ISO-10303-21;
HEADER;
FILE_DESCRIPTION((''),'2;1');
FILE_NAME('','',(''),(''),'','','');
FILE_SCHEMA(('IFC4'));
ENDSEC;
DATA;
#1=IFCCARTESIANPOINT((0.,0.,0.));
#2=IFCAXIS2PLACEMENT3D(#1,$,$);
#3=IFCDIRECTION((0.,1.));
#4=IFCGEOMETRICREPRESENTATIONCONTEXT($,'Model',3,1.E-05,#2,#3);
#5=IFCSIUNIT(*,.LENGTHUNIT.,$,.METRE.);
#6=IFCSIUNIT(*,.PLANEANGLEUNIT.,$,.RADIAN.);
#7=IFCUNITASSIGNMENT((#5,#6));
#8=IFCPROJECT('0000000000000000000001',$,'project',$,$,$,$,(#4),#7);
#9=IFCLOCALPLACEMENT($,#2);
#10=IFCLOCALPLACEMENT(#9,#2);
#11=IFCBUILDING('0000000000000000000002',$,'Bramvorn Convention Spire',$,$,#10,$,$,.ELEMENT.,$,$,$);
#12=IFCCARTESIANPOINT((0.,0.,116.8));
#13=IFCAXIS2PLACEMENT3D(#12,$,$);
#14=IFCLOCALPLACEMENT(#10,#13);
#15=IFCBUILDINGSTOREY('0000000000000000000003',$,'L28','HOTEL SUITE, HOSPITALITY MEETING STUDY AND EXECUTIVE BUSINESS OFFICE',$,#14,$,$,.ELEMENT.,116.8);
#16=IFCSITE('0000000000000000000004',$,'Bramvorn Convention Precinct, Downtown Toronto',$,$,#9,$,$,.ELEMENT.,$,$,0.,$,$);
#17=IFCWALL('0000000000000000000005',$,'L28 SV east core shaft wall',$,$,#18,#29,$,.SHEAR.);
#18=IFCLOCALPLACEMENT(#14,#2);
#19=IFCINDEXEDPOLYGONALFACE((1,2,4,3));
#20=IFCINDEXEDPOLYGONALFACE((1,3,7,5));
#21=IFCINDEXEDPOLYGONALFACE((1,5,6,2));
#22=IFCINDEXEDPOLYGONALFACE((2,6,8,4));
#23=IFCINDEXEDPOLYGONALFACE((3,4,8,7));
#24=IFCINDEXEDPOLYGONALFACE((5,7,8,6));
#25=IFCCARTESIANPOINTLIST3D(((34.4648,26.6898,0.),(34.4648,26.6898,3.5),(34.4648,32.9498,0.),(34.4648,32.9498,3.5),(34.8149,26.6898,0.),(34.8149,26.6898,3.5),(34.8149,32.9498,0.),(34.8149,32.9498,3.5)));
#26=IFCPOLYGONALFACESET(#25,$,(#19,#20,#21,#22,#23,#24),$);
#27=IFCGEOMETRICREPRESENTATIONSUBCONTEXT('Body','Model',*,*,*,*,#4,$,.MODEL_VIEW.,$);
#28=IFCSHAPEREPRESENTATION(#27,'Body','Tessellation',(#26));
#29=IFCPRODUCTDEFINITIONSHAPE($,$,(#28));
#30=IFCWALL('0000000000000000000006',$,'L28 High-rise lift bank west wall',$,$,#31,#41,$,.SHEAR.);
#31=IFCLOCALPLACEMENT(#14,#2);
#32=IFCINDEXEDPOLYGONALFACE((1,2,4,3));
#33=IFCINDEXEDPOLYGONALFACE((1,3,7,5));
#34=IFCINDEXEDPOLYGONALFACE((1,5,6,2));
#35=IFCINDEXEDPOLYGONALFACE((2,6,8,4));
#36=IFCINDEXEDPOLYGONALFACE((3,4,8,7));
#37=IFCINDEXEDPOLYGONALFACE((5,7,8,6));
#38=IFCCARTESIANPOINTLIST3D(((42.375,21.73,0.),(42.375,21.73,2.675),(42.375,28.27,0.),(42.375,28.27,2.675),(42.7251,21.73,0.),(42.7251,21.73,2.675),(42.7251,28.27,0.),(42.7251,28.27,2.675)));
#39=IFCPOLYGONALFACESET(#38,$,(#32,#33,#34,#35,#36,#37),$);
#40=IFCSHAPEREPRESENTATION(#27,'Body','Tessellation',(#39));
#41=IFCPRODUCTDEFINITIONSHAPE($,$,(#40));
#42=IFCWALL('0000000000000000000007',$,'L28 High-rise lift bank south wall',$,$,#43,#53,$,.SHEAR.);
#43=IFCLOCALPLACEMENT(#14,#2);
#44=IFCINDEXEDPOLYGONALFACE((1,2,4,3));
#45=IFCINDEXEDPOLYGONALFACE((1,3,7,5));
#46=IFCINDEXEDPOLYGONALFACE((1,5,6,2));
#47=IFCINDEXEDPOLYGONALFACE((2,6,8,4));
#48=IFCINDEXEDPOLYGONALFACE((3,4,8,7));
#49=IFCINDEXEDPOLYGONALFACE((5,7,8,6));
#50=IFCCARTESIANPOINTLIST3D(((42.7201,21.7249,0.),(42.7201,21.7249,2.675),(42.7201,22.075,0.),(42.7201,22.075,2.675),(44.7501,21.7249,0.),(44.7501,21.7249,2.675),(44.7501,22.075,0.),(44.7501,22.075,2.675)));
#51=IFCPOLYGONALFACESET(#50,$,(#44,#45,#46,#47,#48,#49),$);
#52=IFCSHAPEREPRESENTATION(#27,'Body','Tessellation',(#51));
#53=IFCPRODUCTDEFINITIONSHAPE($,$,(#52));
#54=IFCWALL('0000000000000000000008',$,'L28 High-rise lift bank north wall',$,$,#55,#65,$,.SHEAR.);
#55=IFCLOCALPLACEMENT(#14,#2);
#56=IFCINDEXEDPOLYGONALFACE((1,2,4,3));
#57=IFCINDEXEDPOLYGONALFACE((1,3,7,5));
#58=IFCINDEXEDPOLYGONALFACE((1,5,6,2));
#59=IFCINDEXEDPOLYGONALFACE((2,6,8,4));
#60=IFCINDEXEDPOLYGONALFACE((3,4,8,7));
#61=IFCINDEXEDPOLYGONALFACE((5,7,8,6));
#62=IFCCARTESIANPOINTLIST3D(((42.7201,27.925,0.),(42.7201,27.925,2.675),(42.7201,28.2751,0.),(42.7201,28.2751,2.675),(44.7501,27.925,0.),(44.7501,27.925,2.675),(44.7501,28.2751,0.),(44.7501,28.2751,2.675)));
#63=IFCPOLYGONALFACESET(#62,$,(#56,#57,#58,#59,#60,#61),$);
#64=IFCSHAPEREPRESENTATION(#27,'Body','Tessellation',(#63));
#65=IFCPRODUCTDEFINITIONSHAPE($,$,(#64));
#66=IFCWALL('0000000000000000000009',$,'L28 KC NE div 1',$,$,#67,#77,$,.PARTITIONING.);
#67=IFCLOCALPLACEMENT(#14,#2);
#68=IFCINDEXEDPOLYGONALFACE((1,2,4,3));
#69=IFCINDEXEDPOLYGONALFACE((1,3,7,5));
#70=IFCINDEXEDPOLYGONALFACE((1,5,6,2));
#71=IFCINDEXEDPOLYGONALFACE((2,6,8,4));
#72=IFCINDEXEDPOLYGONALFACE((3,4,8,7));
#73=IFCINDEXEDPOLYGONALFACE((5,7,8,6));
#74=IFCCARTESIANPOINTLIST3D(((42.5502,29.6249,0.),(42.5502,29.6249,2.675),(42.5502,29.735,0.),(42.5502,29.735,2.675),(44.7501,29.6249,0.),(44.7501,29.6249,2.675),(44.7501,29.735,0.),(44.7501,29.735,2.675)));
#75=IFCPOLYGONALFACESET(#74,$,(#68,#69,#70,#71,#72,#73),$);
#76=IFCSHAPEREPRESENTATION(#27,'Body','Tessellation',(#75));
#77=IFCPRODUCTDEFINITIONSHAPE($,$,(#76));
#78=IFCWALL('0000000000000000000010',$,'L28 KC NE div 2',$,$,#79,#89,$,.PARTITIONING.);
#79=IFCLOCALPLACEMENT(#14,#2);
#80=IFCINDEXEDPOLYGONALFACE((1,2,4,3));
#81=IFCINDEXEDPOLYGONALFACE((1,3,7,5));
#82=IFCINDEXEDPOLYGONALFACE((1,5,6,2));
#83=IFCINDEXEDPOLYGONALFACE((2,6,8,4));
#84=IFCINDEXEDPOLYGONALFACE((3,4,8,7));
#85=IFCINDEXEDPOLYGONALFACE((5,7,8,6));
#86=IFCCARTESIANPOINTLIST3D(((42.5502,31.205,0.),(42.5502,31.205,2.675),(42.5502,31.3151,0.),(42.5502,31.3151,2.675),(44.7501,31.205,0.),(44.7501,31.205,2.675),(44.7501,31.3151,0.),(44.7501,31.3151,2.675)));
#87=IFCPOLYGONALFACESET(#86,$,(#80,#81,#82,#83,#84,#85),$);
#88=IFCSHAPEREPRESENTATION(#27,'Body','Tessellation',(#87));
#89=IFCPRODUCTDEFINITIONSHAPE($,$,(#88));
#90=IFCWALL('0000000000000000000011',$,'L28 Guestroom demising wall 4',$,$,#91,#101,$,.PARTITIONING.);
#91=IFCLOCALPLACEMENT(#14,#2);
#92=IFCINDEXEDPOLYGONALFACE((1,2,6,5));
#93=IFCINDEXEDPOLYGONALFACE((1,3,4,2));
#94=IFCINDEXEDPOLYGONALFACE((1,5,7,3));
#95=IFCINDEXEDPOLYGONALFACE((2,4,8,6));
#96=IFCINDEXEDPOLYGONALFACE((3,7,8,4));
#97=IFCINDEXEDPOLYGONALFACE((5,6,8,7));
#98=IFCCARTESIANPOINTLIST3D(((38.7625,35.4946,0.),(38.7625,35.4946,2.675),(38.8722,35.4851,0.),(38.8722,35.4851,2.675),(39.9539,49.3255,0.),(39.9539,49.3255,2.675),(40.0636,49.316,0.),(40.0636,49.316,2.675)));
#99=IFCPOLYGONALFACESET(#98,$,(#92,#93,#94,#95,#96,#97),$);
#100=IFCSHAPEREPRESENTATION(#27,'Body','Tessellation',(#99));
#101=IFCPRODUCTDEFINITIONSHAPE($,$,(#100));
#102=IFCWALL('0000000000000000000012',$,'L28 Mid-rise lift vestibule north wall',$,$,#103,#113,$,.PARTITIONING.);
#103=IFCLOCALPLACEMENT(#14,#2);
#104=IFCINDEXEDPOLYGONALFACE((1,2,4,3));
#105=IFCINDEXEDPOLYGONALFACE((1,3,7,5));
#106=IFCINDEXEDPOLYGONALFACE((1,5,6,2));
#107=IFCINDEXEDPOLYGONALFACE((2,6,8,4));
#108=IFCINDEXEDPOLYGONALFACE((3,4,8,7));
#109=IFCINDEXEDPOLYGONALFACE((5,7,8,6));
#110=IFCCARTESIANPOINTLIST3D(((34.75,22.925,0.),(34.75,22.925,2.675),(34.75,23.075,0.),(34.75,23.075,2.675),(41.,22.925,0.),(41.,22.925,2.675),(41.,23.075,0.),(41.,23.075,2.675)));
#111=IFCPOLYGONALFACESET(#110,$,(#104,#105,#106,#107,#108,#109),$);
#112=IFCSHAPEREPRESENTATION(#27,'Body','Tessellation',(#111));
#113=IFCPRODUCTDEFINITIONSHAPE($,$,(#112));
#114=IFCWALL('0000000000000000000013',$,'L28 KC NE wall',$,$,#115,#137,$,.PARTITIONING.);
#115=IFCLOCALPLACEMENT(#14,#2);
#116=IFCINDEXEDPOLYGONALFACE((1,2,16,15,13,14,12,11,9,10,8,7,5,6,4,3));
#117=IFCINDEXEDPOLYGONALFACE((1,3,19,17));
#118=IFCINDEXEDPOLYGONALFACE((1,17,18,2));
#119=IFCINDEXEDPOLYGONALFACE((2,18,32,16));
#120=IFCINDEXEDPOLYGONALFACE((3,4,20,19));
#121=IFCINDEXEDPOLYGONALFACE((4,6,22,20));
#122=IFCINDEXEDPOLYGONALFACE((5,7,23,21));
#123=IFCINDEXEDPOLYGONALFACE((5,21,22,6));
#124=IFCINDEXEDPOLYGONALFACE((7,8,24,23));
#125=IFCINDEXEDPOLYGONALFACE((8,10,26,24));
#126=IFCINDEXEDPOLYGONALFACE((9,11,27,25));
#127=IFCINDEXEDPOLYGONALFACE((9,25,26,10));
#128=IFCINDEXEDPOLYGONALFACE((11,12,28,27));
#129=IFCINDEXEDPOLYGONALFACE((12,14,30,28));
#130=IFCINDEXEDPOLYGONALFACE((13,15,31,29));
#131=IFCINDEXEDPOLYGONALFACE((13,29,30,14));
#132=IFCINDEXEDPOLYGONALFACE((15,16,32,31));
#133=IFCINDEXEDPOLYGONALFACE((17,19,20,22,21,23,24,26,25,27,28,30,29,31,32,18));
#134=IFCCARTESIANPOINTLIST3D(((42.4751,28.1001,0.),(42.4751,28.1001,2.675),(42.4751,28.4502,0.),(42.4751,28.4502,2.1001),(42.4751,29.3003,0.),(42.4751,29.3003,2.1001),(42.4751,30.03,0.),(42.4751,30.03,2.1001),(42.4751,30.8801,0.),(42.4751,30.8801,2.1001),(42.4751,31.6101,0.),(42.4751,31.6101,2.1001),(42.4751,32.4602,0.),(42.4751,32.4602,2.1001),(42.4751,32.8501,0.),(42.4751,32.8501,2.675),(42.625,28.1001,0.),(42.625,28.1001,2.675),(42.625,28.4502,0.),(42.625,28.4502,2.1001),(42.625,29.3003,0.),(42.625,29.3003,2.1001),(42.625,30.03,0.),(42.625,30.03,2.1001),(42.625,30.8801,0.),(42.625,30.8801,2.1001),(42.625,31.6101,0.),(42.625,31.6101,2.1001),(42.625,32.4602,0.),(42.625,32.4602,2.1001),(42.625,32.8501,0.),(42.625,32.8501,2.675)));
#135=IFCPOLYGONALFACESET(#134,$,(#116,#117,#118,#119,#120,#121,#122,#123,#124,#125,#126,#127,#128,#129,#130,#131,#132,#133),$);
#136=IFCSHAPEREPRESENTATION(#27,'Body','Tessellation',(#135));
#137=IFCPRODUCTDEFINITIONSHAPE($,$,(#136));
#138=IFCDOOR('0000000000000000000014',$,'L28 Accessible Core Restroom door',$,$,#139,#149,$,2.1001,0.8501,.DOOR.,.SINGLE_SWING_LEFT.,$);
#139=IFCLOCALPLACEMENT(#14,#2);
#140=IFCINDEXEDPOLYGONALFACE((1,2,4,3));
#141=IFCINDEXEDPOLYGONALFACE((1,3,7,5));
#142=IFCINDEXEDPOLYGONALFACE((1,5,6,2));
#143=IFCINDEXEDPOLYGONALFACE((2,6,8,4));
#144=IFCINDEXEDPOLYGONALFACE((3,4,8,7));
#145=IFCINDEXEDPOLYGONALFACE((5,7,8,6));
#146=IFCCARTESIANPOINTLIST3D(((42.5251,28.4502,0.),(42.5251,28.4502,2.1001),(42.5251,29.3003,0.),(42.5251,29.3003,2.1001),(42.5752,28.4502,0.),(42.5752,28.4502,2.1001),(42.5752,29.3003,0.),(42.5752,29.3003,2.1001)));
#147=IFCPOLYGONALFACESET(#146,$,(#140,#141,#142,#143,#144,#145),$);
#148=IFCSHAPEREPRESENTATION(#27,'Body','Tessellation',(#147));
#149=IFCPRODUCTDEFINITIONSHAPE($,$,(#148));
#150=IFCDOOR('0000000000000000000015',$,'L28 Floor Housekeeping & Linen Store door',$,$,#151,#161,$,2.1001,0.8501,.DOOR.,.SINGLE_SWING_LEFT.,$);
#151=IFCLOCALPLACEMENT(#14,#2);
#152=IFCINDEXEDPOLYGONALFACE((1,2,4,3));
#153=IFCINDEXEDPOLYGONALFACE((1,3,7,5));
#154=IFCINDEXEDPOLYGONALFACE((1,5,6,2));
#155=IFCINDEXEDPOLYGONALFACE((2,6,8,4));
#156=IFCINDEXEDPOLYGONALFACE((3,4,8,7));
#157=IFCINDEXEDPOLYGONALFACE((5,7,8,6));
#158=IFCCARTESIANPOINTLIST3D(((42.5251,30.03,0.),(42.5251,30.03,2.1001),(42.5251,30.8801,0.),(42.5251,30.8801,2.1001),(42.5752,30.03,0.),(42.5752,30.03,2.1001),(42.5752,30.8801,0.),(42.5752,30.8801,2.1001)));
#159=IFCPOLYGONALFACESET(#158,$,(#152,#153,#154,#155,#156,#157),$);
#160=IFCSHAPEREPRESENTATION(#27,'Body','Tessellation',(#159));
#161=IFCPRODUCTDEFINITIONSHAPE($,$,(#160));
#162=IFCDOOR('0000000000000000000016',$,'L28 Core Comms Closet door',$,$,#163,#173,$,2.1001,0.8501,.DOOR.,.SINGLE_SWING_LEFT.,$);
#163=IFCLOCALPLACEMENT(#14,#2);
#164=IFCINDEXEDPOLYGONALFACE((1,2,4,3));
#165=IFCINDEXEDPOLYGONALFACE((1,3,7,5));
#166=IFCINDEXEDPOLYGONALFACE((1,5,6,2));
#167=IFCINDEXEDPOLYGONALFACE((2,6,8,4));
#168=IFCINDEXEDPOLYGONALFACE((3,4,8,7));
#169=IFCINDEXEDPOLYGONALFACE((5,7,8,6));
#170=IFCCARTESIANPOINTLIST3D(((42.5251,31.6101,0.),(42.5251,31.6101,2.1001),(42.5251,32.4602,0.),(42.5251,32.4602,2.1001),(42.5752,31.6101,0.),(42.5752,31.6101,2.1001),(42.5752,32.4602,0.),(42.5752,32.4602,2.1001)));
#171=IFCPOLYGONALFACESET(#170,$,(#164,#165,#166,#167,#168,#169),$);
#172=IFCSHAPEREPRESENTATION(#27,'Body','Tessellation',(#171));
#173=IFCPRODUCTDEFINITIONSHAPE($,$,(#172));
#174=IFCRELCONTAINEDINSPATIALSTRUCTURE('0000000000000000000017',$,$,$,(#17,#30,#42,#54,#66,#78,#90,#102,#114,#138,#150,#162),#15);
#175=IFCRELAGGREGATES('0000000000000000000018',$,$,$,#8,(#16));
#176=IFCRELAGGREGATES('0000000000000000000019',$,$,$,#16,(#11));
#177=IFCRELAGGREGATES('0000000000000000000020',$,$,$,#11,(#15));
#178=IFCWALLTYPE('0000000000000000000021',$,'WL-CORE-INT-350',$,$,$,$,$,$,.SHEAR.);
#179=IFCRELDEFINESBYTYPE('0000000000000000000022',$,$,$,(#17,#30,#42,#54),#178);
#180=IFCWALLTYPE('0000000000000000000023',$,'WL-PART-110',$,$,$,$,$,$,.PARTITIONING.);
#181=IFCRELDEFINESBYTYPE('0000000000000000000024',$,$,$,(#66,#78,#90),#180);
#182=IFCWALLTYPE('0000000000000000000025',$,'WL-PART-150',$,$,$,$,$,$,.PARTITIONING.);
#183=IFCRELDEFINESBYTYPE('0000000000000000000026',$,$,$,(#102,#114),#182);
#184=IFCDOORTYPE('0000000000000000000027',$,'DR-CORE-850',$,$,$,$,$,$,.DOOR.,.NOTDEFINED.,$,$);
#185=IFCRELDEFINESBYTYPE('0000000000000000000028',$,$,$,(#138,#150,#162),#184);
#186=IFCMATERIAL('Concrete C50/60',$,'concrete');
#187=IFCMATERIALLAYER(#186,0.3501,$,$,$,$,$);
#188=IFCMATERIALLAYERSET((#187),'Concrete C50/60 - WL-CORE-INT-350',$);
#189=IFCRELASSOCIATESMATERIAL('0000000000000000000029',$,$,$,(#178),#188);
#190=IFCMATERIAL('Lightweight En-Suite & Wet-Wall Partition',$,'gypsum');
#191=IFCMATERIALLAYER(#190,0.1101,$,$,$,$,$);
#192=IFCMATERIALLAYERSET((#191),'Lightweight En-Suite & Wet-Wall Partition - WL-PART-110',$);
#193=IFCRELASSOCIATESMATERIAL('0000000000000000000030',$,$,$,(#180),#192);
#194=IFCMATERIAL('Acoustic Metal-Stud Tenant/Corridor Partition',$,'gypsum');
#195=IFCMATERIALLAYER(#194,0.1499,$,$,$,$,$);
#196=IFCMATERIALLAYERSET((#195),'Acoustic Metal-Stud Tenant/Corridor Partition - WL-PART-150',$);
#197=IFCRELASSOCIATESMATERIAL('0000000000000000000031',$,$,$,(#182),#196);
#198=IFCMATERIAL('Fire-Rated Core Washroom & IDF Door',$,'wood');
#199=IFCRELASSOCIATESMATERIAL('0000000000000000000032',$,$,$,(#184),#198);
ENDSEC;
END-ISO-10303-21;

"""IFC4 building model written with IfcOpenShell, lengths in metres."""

from ifc_helpers import new_model, si_unit, direction, frame, frame_2d, origin, place, context, subcontext, project, spatial, rectangle, extrude, material, layer, layer_set, type_object, element, fill, save


model = new_model("IFC4")

# Units and contexts
model_context = context("Model", 3, precision=1e-05, world=origin(), true_north=direction((0.0, 1.0)))
body_context = subcontext(model_context, "Body", "Model", "MODEL_VIEW")
ifc_project = project(units=[si_unit("LENGTHUNIT", "METRE"), si_unit("PLANEANGLEUNIT", "RADIAN")], contexts=[model_context])

# Site, building, storey
site_placement = place(None, origin())
site = spatial("IfcSite", under=ifc_project, at=site_placement, Name="Bramvorn Convention Precinct, Downtown Toronto", CompositionType="ELEMENT", RefElevation=0.0)
building_placement = place(site_placement, origin())
building = spatial("IfcBuilding", under=site, at=building_placement, Name="Bramvorn Convention Spire", CompositionType="ELEMENT")
storey_placement = place(building_placement, frame((0.0, 0.0, 116.8)))
storey = spatial("IfcBuildingStorey", under=building, at=storey_placement, Name="L28", Description="HOTEL SUITE, HOSPITALITY MEETING STUDY AND EXECUTIVE BUSINESS OFFICE", CompositionType="ELEMENT", Elevation=116.8)

# Shared definitions
ifc_material_1 = material(Name="Concrete C50/60", Category="concrete")
ifc_layer_1 = layer(ifc_material_1, 0.3501)
ifc_layer_set_1 = layer_set([ifc_layer_1], Name="Concrete C50/60 - WL-CORE-INT-350")
wall_type_1 = type_object("IfcWallType", Name="WL-CORE-INT-350", PredefinedType="SHEAR", material=ifc_layer_set_1)

# Walls
wall_1_placement = place(storey_placement, frame((34.6399, 26.6899, 0.0), z_axis=(0.0, 0.0, 1.0), x_axis=(0.0, 1.0, 0.0)))
element("IfcWall", 1, at=wall_1_placement, inside=storey, type_object=wall_type_1, Name="L28 SV east core shaft wall", PredefinedType="SHEAR", context=body_context, shape_type="SweptSolid", body=[
    extrude(rectangle(XDim=6.26, YDim=0.3501, at=frame_2d((3.1299, 0.0))), origin(), (0.0, 0.0, 1.0), 3.5),
])
wall_2_placement = place(storey_placement, frame((42.55, 21.73, 0.0), z_axis=(0.0, 0.0, 1.0), x_axis=(0.0, 1.0, 0.0)))
element("IfcWall", 2, at=wall_2_placement, inside=storey, type_object=wall_type_1, Name="L28 High-rise lift bank west wall", PredefinedType="SHEAR", context=body_context, shape_type="SweptSolid", body=[
    extrude(rectangle(XDim=6.54, YDim=0.3501, at=frame_2d((3.27, 0.0))), origin(), (0.0, 0.0, 1.0), 2.675),
])
for number, where, z_axis, x_axis, name in (
    (3, (42.72, 21.8999, 0.0), (0.0, 0.0, 1.0), (1.0, 0.0, 0.0), "L28 High-rise lift bank south wall"),
    (4, (42.72, 28.1001, 0.0), (0.0, 0.0, 1.0), (1.0, 0.0, 0.0), "L28 High-rise lift bank north wall"),
):
    element("IfcWall", number, at=place(storey_placement, frame(where, z_axis=z_axis, x_axis=x_axis)), inside=storey, type_object=wall_type_1, Name=name, PredefinedType="SHEAR", context=body_context, shape_type="SweptSolid", body=[
        extrude(rectangle(XDim=2.03, YDim=0.3501, at=frame_2d((1.0151, 0.0))), origin(), (0.0, 0.0, 1.0), 2.675),
    ])
ifc_material_2 = material(Name="Lightweight En-Suite & Wet-Wall Partition", Category="gypsum")
ifc_layer_2 = layer(ifc_material_2, 0.1101)
ifc_layer_set_2 = layer_set([ifc_layer_2], Name="Lightweight En-Suite & Wet-Wall Partition - WL-PART-110")
wall_type_2 = type_object("IfcWallType", Name="WL-PART-110", PredefinedType="PARTITIONING", material=ifc_layer_set_2)
for number, where, z_axis, x_axis, name in (
    (5, (42.55, 29.6799, 0.0), (0.0, 0.0, 1.0), (1.0, 0.0, 0.0), "L28 KC NE div 1"),
    (6, (42.55, 31.26, 0.0), (0.0, 0.0, 1.0), (1.0, 0.0, 0.0), "L28 KC NE div 2"),
):
    element("IfcWall", number, at=place(storey_placement, frame(where, z_axis=z_axis, x_axis=x_axis)), inside=storey, type_object=wall_type_2, Name=name, PredefinedType="PARTITIONING", context=body_context, shape_type="SweptSolid", body=[
        extrude(rectangle(XDim=2.2, YDim=0.1101, at=frame_2d((1.1001, 0.0))), origin(), (0.0, 0.0, 1.0), 2.675),
    ])
wall_3_placement = place(storey_placement, frame((38.8174, 35.49, 0.0), z_axis=(0.0, 0.0, 1.0), x_axis=(0.085824, 0.99631, 0.0)))
element("IfcWall", 7, at=wall_3_placement, inside=storey, type_object=wall_type_2, Name="L28 Guestroom demising wall 4", PredefinedType="PARTITIONING", context=body_context, shape_type="SweptSolid", body=[
    extrude(rectangle(XDim=13.8821, YDim=0.1101, at=frame_2d((6.9409, 0.0))), origin(), (0.0, 0.0, 1.0), 2.675),
])
ifc_material_3 = material(Name="Acoustic Metal-Stud Tenant/Corridor Partition", Category="gypsum")
ifc_layer_3 = layer(ifc_material_3, 0.1499)
ifc_layer_set_3 = layer_set([ifc_layer_3], Name="Acoustic Metal-Stud Tenant/Corridor Partition - WL-PART-150")
wall_type_3 = type_object("IfcWallType", Name="WL-PART-150", PredefinedType="PARTITIONING", material=ifc_layer_set_3)
wall_4_placement = place(storey_placement, frame((34.75, 23.0, 0.0), z_axis=(0.0, 0.0, 1.0), x_axis=(1.0, 0.0, 0.0)))
element("IfcWall", 8, at=wall_4_placement, inside=storey, type_object=wall_type_3, Name="L28 Mid-rise lift vestibule north wall", PredefinedType="PARTITIONING", context=body_context, shape_type="SweptSolid", body=[
    extrude(rectangle(XDim=6.25, YDim=0.1499, at=frame_2d((3.125, 0.0))), origin(), (0.0, 0.0, 1.0), 2.675),
])

# Wall, openings, doors
wall_5_placement = place(storey_placement, frame((42.55, 28.1001, 0.0), z_axis=(0.0, 0.0, 1.0), x_axis=(0.0, 1.0, 0.0)))
wall_5 = element("IfcWall", 9, at=wall_5_placement, inside=storey, type_object=wall_type_3, Name="L28 KC NE wall", PredefinedType="PARTITIONING", context=body_context, shape_type="SweptSolid", body=[
    extrude(rectangle(XDim=4.75, YDim=0.1499, at=frame_2d((2.375, 0.0))), origin(), (0.0, 0.0, 1.0), 2.675),
])
opening_1_placement = place(wall_5_placement, frame((0.3501, 0.0, 0.0)))
opening_1 = element("IfcOpeningElement", 10, at=opening_1_placement, cuts=wall_5, PredefinedType="OPENING", context=body_context, shape_type="SweptSolid", body=[
    extrude(rectangle(XDim=0.8501, YDim=2.1001, at=frame_2d((0.425, 1.05))), frame((0.0, 0.085, 0.0), z_axis=(0.0, -1.0, 0.0), x_axis=(1.0, 0.0, 0.0)), (0.0, 0.0, 1.0), 0.1699),
])
opening_2_placement = place(wall_5_placement, frame((1.9299, 0.0, 0.0)))
opening_2 = element("IfcOpeningElement", 11, at=opening_2_placement, cuts=wall_5, PredefinedType="OPENING", context=body_context, shape_type="SweptSolid", body=[
    extrude(rectangle(XDim=0.8501, YDim=2.1001, at=frame_2d((0.425, 1.05))), frame((0.0, 0.085, 0.0), z_axis=(0.0, -1.0, 0.0), x_axis=(1.0, 0.0, 0.0)), (0.0, 0.0, 1.0), 0.1699),
])
opening_3_placement = place(wall_5_placement, frame((3.51, 0.0, 0.0)))
opening_3 = element("IfcOpeningElement", 12, at=opening_3_placement, cuts=wall_5, PredefinedType="OPENING", context=body_context, shape_type="SweptSolid", body=[
    extrude(rectangle(XDim=0.8501, YDim=2.1001, at=frame_2d((0.425, 1.05))), frame((0.0, 0.085, 0.0), z_axis=(0.0, -1.0, 0.0), x_axis=(1.0, 0.0, 0.0)), (0.0, 0.0, 1.0), 0.1699),
])
ifc_material_4 = material(Name="Fire-Rated Core Washroom & IDF Door", Category="wood")
door_type_1 = type_object("IfcDoorType", Name="DR-CORE-850", OperationType="NOTDEFINED", PredefinedType="DOOR", material=ifc_material_4)
door_1_placement = place(opening_1_placement, origin())
door_1 = element("IfcDoor", 13, at=door_1_placement, inside=storey, type_object=door_type_1, Name="L28 Accessible Core Restroom door", OperationType="SINGLE_SWING_LEFT", OverallHeight=2.1001, OverallWidth=0.8501, PredefinedType="DOOR", context=body_context, shape_type="SweptSolid", body=[
    extrude(rectangle(XDim=0.8501, YDim=2.1001, at=frame_2d((0.425, 1.05))), frame((0.0, 0.0249, 0.0), z_axis=(0.0, -1.0, 0.0), x_axis=(1.0, 0.0, 0.0)), (0.0, 0.0, 1.0), 0.05),
])
fill(opening_1, door_1)
door_2_placement = place(opening_2_placement, origin())
door_2 = element("IfcDoor", 14, at=door_2_placement, inside=storey, type_object=door_type_1, Name="L28 Floor Housekeeping & Linen Store door", OperationType="SINGLE_SWING_LEFT", OverallHeight=2.1001, OverallWidth=0.8501, PredefinedType="DOOR", context=body_context, shape_type="SweptSolid", body=[
    extrude(rectangle(XDim=0.8501, YDim=2.1001, at=frame_2d((0.425, 1.05))), frame((0.0, 0.0249, 0.0), z_axis=(0.0, -1.0, 0.0), x_axis=(1.0, 0.0, 0.0)), (0.0, 0.0, 1.0), 0.05),
])
fill(opening_2, door_2)
door_3_placement = place(opening_3_placement, origin())
door_3 = element("IfcDoor", 15, at=door_3_placement, inside=storey, type_object=door_type_1, Name="L28 Core Comms Closet door", OperationType="SINGLE_SWING_LEFT", OverallHeight=2.1001, OverallWidth=0.8501, PredefinedType="DOOR", context=body_context, shape_type="SweptSolid", body=[
    extrude(rectangle(XDim=0.8501, YDim=2.1001, at=frame_2d((0.425, 1.05))), frame((0.0, 0.0249, 0.0), z_axis=(0.0, -1.0, 0.0), x_axis=(1.0, 0.0, 0.0)), (0.0, 0.0, 1.0), 0.05),
])
fill(opening_3, door_3)

save(model, "model.ifc")
